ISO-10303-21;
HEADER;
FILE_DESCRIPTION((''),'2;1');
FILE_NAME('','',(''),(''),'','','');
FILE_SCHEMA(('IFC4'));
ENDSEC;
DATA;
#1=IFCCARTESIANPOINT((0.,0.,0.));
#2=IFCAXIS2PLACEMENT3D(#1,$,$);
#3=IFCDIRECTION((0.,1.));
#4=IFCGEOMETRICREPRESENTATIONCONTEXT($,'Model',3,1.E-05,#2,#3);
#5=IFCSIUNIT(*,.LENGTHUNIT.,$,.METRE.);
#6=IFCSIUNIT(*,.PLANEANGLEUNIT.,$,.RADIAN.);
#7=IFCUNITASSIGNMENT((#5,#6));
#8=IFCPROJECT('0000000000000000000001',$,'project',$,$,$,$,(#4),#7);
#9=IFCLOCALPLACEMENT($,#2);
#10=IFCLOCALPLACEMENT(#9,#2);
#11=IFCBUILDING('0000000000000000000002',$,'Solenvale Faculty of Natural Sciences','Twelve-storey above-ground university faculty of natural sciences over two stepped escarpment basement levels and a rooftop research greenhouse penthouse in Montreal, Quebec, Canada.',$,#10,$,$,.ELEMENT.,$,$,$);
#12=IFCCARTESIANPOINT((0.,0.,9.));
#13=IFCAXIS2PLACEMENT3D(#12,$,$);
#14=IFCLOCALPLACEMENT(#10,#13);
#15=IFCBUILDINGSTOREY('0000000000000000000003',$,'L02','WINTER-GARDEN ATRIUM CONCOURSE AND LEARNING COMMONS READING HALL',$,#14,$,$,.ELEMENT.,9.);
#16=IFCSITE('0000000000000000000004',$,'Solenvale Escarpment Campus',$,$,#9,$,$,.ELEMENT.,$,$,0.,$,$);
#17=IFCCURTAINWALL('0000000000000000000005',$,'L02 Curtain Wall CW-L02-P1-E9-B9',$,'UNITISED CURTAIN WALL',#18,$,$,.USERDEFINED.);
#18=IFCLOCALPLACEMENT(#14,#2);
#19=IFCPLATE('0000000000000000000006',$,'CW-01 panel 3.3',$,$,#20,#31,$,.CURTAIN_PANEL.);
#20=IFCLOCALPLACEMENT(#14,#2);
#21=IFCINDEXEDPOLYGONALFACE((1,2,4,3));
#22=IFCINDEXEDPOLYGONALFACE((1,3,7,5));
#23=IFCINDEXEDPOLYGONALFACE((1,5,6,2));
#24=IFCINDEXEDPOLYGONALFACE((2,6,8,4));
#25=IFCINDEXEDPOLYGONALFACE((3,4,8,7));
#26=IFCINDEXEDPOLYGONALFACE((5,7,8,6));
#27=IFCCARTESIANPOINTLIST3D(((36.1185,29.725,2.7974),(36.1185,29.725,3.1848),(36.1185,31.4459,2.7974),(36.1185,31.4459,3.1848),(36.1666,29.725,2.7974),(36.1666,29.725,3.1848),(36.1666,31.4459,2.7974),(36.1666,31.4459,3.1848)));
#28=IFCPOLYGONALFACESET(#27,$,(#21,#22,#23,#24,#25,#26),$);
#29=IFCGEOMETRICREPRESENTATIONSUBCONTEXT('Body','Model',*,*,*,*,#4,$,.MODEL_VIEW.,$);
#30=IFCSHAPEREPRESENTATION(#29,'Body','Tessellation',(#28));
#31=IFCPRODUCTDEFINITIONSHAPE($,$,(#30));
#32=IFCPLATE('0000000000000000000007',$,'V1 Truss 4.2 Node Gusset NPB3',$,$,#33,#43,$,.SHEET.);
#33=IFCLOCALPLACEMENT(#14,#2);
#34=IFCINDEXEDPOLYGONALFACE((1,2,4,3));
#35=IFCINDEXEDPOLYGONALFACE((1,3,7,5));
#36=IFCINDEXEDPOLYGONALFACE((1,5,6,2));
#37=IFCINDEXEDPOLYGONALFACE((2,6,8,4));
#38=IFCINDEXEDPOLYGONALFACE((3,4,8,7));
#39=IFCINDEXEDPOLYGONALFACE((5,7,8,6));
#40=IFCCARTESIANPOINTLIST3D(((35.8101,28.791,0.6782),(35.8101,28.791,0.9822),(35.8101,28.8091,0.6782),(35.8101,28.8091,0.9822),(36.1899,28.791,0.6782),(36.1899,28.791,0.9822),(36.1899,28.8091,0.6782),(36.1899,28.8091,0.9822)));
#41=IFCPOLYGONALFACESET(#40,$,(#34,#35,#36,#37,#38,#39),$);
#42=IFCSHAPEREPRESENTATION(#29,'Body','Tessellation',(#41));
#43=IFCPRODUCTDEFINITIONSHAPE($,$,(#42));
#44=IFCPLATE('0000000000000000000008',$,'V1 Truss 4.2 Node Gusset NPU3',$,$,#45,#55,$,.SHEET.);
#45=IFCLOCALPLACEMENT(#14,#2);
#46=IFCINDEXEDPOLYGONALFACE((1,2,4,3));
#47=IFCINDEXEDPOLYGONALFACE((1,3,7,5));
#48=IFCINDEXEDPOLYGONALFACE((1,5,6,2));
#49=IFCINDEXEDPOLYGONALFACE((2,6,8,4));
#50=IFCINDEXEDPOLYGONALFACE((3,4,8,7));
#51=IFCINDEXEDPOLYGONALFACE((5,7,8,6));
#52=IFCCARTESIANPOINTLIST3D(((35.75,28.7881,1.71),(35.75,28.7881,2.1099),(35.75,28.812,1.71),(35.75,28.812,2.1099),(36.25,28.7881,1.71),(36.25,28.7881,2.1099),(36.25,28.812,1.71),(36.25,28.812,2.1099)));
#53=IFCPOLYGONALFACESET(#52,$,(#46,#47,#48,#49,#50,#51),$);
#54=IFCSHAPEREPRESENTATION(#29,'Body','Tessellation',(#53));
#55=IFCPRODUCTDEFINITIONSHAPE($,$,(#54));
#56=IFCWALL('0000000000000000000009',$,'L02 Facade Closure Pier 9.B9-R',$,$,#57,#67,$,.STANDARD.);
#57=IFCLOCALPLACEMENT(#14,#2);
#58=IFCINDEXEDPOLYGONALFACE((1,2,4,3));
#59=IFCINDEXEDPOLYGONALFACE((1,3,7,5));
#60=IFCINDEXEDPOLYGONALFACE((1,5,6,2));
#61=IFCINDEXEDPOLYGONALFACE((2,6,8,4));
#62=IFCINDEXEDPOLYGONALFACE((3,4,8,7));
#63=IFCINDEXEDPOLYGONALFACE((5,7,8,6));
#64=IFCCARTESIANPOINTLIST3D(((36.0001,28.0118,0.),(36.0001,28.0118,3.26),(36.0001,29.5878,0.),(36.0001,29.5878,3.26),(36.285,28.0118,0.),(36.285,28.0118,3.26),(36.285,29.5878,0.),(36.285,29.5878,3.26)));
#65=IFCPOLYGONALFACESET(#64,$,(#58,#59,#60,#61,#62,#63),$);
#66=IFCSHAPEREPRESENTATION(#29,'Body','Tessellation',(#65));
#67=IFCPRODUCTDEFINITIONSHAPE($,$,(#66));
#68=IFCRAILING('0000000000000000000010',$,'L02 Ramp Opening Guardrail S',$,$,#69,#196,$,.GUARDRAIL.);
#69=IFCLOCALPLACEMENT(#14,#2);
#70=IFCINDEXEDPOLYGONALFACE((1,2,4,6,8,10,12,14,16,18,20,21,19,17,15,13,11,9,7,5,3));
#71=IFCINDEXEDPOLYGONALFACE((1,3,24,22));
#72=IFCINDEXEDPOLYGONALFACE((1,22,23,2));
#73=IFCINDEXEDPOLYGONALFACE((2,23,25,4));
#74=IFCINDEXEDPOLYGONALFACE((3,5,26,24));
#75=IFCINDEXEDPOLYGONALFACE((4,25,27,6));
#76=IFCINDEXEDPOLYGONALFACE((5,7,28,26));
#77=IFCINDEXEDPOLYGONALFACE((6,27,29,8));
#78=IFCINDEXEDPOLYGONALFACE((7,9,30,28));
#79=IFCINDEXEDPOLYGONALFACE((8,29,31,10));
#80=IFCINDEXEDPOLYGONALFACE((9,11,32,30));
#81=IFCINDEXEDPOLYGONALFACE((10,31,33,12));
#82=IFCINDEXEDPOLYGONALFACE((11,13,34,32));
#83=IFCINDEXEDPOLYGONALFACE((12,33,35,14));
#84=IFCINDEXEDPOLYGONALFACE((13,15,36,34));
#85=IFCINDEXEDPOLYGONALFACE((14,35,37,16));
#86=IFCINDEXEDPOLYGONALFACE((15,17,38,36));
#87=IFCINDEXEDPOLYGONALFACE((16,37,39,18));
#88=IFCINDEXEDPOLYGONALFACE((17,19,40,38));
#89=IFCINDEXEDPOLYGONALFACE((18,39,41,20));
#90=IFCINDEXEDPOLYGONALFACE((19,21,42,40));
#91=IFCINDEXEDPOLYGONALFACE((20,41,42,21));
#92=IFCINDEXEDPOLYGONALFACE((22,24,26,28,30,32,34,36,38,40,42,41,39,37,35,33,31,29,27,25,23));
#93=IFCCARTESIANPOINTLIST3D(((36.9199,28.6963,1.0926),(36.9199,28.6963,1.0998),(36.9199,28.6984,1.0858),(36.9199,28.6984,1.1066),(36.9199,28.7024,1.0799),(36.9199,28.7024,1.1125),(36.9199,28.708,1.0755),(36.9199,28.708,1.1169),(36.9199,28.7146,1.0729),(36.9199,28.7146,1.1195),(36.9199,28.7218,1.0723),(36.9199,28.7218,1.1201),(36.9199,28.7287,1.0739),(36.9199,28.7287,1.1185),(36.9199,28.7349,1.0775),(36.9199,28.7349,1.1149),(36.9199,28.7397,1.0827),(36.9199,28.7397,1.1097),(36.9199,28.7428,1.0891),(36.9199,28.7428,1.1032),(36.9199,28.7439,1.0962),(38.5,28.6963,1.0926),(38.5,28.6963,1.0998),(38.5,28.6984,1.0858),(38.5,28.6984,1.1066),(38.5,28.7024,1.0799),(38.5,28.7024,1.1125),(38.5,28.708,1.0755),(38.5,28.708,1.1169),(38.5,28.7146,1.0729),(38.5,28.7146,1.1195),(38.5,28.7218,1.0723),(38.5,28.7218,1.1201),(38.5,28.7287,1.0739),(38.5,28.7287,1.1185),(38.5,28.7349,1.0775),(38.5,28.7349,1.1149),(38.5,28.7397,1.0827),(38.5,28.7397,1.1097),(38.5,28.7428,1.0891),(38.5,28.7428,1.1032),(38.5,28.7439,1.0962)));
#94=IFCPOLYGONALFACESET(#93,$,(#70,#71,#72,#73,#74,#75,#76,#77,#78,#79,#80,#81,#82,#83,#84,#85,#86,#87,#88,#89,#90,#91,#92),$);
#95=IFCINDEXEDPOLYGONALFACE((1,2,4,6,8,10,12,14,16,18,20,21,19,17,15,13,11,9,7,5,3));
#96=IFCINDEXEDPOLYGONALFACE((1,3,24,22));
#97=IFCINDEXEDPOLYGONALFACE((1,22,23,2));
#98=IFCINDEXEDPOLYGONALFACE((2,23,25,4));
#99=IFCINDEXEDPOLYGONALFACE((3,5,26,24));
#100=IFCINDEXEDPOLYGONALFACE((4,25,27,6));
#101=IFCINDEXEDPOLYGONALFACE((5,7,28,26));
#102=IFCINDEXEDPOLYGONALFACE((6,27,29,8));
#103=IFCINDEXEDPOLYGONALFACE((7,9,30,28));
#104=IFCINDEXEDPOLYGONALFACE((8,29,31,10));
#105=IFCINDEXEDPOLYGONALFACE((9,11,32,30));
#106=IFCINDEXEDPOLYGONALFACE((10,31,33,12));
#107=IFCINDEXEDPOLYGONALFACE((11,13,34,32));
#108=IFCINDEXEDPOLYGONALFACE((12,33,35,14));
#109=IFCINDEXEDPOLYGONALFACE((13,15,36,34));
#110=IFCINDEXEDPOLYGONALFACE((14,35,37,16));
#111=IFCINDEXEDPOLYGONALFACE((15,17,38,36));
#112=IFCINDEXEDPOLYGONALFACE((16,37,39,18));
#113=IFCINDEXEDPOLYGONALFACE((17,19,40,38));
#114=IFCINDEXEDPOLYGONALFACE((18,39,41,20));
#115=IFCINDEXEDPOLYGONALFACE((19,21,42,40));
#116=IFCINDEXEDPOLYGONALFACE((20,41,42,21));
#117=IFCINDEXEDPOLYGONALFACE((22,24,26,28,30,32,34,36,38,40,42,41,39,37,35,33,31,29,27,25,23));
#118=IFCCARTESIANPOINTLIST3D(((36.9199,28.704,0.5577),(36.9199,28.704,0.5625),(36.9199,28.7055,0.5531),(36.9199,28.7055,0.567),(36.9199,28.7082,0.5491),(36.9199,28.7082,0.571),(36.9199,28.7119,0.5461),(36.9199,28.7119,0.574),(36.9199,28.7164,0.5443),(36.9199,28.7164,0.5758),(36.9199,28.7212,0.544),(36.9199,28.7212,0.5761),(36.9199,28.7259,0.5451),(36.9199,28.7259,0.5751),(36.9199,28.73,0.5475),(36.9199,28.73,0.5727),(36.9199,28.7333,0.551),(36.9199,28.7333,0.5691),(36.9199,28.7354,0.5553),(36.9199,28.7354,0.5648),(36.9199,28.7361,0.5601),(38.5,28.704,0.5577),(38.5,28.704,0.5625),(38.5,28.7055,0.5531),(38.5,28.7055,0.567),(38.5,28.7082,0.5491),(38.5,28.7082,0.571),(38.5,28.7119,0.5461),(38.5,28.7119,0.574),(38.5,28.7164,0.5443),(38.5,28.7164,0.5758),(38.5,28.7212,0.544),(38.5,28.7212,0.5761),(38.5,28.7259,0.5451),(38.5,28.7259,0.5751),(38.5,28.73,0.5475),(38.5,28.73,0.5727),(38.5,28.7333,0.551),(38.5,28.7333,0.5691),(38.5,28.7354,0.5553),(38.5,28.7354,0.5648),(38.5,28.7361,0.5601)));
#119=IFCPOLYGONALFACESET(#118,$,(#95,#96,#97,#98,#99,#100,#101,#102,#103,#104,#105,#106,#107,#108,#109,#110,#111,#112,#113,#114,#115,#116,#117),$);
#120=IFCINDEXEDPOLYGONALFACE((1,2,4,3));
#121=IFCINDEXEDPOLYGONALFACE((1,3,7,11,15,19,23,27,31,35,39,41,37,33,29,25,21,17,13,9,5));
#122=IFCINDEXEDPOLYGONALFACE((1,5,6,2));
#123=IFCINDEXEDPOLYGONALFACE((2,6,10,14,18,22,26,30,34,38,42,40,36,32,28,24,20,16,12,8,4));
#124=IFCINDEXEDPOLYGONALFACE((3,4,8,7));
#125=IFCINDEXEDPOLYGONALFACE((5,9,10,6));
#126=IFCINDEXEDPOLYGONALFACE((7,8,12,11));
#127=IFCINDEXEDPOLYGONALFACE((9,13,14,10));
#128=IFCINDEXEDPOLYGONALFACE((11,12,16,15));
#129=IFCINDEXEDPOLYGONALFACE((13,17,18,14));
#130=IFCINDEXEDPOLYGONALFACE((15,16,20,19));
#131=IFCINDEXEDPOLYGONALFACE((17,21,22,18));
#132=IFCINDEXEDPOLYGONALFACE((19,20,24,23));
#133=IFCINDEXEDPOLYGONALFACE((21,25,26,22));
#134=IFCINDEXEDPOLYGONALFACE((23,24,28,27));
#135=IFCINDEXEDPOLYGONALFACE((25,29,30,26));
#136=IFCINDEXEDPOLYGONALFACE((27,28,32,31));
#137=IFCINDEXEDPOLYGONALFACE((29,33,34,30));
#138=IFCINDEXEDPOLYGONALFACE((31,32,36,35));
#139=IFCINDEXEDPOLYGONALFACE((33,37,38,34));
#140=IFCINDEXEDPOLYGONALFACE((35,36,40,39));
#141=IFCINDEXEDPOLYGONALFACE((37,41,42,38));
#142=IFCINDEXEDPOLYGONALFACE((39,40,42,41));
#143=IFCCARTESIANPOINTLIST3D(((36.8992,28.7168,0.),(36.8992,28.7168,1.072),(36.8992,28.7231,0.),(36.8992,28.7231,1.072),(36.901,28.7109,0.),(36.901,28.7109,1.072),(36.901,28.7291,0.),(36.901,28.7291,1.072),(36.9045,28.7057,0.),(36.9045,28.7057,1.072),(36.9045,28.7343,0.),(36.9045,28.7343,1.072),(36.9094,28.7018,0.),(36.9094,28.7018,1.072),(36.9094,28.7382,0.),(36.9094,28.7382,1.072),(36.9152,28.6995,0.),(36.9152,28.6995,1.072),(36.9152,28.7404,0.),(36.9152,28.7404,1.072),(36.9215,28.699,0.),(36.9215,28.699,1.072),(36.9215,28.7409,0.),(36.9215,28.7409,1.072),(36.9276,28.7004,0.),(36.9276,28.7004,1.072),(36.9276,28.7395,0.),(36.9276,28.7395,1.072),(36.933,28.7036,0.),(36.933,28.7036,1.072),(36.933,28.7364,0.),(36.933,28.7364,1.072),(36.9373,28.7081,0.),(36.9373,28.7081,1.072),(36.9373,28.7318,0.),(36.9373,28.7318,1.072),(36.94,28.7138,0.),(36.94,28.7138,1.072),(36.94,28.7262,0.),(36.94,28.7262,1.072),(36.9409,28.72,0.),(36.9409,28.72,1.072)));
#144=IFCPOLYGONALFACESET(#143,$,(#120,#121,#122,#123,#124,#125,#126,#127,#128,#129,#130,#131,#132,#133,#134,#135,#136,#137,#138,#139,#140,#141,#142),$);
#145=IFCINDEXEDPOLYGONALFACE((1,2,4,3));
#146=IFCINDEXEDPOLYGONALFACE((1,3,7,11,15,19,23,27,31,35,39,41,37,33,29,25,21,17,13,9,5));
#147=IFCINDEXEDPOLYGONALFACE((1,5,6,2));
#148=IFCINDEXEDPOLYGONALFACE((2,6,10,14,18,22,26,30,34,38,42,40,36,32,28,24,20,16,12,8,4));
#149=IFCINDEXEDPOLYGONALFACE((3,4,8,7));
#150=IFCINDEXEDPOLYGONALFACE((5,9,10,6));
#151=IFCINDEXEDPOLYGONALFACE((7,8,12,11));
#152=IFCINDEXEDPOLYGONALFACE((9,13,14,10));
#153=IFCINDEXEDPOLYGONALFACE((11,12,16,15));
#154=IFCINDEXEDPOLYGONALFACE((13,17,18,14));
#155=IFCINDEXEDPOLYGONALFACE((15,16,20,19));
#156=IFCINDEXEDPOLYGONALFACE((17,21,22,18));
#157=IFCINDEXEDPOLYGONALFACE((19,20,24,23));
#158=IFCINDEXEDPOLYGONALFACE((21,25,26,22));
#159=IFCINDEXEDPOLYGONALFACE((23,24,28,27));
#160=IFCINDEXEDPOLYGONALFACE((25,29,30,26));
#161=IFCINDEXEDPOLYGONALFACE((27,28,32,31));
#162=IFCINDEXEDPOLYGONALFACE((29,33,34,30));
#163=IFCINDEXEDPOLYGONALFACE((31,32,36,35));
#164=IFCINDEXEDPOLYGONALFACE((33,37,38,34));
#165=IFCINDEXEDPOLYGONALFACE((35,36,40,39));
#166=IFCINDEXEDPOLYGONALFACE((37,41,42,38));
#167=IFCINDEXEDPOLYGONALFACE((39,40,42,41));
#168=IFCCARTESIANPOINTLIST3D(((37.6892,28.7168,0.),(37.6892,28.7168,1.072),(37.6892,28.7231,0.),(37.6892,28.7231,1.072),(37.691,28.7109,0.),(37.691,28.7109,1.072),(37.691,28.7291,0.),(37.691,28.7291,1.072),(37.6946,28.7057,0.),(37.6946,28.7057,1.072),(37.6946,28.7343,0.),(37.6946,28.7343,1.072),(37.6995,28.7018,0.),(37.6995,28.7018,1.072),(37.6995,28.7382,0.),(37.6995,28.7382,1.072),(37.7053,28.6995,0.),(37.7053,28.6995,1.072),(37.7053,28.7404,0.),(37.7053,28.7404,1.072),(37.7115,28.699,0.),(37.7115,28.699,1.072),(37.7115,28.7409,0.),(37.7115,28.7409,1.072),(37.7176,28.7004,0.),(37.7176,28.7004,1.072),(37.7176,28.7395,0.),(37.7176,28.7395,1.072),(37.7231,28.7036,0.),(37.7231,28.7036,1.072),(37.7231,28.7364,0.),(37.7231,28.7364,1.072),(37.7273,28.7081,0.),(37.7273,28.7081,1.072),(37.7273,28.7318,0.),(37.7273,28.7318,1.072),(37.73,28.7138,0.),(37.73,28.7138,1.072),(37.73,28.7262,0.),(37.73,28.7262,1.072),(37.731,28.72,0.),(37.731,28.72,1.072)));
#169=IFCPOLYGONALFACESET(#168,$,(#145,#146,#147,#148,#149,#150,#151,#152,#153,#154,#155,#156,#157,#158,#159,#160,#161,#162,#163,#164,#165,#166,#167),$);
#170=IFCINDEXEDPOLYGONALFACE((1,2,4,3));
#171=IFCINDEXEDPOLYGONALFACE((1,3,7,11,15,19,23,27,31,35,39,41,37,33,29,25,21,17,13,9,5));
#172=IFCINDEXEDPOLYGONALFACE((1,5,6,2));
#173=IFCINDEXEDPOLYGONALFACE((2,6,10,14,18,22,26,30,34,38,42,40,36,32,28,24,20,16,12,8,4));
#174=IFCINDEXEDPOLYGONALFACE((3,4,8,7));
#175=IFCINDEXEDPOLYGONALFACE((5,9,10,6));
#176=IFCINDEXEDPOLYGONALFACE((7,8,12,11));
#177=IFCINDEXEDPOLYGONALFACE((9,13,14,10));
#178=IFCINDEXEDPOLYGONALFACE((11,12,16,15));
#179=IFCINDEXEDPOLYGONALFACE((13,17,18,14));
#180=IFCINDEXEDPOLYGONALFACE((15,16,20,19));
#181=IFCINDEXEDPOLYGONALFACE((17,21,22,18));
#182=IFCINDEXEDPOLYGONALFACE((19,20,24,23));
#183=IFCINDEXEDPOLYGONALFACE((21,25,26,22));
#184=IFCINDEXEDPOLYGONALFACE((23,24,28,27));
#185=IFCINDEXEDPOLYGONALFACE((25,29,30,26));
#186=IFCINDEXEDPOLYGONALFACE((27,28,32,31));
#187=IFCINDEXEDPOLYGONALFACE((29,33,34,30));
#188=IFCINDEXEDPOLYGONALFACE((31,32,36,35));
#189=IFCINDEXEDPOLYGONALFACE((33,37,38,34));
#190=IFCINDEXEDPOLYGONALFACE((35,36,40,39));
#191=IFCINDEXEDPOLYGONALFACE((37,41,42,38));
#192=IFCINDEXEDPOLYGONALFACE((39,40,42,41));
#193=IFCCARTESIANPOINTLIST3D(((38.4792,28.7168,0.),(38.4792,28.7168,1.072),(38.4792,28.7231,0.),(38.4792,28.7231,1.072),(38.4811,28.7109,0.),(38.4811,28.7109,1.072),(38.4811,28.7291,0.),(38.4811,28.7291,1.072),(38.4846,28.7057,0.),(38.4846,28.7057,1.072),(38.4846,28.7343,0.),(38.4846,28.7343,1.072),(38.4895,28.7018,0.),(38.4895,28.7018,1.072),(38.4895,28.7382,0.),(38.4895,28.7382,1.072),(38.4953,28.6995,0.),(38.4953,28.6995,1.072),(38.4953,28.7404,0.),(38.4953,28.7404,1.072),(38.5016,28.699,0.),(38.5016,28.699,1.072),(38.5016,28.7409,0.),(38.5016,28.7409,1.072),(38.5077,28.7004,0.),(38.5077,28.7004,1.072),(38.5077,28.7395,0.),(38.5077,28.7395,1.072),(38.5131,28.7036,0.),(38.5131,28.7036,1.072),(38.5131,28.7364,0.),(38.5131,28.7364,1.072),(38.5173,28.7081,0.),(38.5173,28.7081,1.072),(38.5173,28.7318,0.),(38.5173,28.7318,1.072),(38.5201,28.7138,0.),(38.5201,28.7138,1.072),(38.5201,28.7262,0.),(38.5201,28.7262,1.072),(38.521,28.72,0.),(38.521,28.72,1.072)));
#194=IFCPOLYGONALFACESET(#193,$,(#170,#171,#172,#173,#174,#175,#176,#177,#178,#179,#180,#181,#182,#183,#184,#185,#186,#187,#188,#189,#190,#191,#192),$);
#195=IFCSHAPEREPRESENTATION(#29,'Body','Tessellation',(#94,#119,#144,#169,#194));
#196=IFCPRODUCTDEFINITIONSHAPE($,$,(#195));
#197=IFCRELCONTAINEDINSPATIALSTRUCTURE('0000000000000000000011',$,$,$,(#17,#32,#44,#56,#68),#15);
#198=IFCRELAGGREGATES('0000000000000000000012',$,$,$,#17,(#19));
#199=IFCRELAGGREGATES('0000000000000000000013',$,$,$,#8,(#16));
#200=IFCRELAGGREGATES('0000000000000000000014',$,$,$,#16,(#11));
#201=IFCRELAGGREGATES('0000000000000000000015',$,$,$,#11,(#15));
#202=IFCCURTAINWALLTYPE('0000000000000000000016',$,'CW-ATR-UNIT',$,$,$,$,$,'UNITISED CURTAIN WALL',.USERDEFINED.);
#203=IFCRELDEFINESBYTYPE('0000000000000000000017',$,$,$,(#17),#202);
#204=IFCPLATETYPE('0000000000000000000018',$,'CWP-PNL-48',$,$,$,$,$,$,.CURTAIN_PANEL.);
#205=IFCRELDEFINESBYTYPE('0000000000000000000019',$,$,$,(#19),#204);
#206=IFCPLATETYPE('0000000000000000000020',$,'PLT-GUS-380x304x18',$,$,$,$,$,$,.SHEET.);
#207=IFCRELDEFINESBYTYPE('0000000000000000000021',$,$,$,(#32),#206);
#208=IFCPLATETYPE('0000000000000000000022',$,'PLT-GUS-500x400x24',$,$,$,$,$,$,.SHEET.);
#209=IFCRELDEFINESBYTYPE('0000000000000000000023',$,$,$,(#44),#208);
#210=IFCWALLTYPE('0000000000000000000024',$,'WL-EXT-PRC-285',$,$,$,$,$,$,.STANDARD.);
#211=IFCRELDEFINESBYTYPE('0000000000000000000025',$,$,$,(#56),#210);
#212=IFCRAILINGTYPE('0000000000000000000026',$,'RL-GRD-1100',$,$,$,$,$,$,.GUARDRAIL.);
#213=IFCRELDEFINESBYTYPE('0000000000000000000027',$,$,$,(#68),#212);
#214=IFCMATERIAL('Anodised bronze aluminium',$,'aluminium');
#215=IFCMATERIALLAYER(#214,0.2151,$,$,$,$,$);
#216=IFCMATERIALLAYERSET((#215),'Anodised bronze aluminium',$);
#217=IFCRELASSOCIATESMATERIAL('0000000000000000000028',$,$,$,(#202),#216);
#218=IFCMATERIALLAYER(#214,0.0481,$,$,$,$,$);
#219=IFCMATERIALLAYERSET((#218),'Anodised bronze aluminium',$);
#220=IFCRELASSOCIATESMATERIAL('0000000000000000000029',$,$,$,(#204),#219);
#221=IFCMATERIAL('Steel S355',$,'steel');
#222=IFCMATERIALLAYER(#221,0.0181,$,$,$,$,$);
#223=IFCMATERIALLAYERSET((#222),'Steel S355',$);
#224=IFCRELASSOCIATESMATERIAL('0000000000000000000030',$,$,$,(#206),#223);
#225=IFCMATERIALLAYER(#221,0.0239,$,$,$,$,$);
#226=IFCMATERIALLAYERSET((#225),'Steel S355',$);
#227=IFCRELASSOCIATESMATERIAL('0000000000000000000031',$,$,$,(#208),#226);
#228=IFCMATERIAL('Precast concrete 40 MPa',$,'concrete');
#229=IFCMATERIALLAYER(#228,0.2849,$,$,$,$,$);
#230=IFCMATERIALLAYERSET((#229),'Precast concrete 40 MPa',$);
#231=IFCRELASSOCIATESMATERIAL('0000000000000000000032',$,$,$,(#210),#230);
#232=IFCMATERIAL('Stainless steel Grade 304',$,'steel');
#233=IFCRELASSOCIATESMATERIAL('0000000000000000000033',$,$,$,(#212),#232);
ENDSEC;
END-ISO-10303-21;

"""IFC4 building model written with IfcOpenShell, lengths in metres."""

from ifc_helpers import new_model, si_unit, direction, frame, frame_2d, origin, origin_2d, place, context, subcontext, project, spatial, rectangle, circle, extrude, material, layer, layer_set, type_object, element, aggregate, save


model = new_model("IFC4")

# Units and contexts
model_context = context("Model", 3, precision=1e-05, world=origin(), true_north=direction((0.0, 1.0)))
body_context = subcontext(model_context, "Body", "Model", "MODEL_VIEW")
ifc_project = project(units=[si_unit("LENGTHUNIT", "METRE"), si_unit("PLANEANGLEUNIT", "RADIAN")], contexts=[model_context])

# Site, building, storey
site_placement = place(None, origin())
site = spatial("IfcSite", under=ifc_project, at=site_placement, Name="Solenvale Escarpment Campus", CompositionType="ELEMENT", RefElevation=0.0)
building_placement = place(site_placement, origin())
building = spatial("IfcBuilding", under=site, at=building_placement, Name="Solenvale Faculty of Natural Sciences", Description="Twelve-storey above-ground university faculty of natural sciences over two stepped escarpment basement levels and a rooftop research greenhouse penthouse in Montreal, Quebec, Canada.", CompositionType="ELEMENT")
storey_placement = place(building_placement, frame((0.0, 0.0, 9.0)))
storey = spatial("IfcBuildingStorey", under=building, at=storey_placement, Name="L02", Description="WINTER-GARDEN ATRIUM CONCOURSE AND LEARNING COMMONS READING HALL", CompositionType="ELEMENT", Elevation=9.0)

# Shared definitions
ifc_material_1 = material(Name="Steel S355", Category="steel")

# Shared definitions
ifc_material_2 = material(Name="Anodised bronze aluminium", Category="aluminium")

# Curtain wall
ifc_layer_1 = layer(ifc_material_2, 0.2151)
ifc_layer_set_1 = layer_set([ifc_layer_1], Name="Anodised bronze aluminium")
curtain_wall_type_1 = type_object("IfcCurtainWallType", Name="CW-ATR-UNIT", ElementType="UNITISED CURTAIN WALL", PredefinedType="USERDEFINED", material=ifc_layer_set_1)
curtain_wall_1_placement = place(storey_placement, origin())
curtain_wall_1 = element("IfcCurtainWall", 1, at=curtain_wall_1_placement, inside=storey, type_object=curtain_wall_type_1, Name="L02 Curtain Wall CW-L02-P1-E9-B9", ObjectType="UNITISED CURTAIN WALL", PredefinedType="USERDEFINED")

# Plate
ifc_layer_2 = layer(ifc_material_2, 0.0481)
ifc_layer_set_2 = layer_set([ifc_layer_2], Name="Anodised bronze aluminium")
plate_type_1 = type_object("IfcPlateType", Name="CWP-PNL-48", PredefinedType="CURTAIN_PANEL", material=ifc_layer_set_2)
plate_1_placement = place(storey_placement, frame((36.1426, 30.5854, 2.7974), z_axis=(0.0, 0.0, 1.0), x_axis=(0.0, -1.0, 0.0)))
plate_1 = element("IfcPlate", 2, at=plate_1_placement, type_object=plate_type_1, Name="CW-01 panel 3.3", PredefinedType="CURTAIN_PANEL", context=body_context, shape_type="SweptSolid", body=[
    extrude(rectangle(XDim=1.7209, YDim=0.0481, at=origin_2d()), origin(), (0.0, 0.0, 1.0), 0.3875),
])
aggregate(curtain_wall_1, [plate_1])

# Plates
ifc_layer_3 = layer(ifc_material_1, 0.0181)
ifc_layer_set_3 = layer_set([ifc_layer_3], Name="Steel S355")
plate_type_2 = type_object("IfcPlateType", Name="PLT-GUS-380x304x18", PredefinedType="SHEET", material=ifc_layer_set_3)
plate_2_placement = place(storey_placement, frame((36.0, 28.8, 0.6782), z_axis=(0.0, 0.0, 1.0), x_axis=(1.0, 0.0, 0.0)))
element("IfcPlate", 3, at=plate_2_placement, inside=storey, type_object=plate_type_2, Name="V1 Truss 4.2 Node Gusset NPB3", PredefinedType="SHEET", context=body_context, shape_type="SweptSolid", body=[
    extrude(rectangle(XDim=0.3799, YDim=0.0181, at=origin_2d()), origin(), (0.0, 0.0, 1.0), 0.304),
])
ifc_layer_4 = layer(ifc_material_1, 0.0239)
ifc_layer_set_4 = layer_set([ifc_layer_4], Name="Steel S355")
plate_type_3 = type_object("IfcPlateType", Name="PLT-GUS-500x400x24", PredefinedType="SHEET", material=ifc_layer_set_4)
plate_3_placement = place(storey_placement, frame((36.0, 28.8, 1.71), z_axis=(0.0, 0.0, 1.0), x_axis=(1.0, 0.0, 0.0)))
element("IfcPlate", 4, at=plate_3_placement, inside=storey, type_object=plate_type_3, Name="V1 Truss 4.2 Node Gusset NPU3", PredefinedType="SHEET", context=body_context, shape_type="SweptSolid", body=[
    extrude(rectangle(XDim=0.5, YDim=0.0239, at=origin_2d()), origin(), (0.0, 0.0, 1.0), 0.3999),
])

# Wall
ifc_material_3 = material(Name="Precast concrete 40 MPa", Category="concrete")
ifc_layer_5 = layer(ifc_material_3, 0.2849)
ifc_layer_set_5 = layer_set([ifc_layer_5], Name="Precast concrete 40 MPa")
wall_type = type_object("IfcWallType", Name="WL-EXT-PRC-285", PredefinedType="STANDARD", material=ifc_layer_set_5)
wall_placement = place(storey_placement, frame((36.1426, 29.5879, 0.0), z_axis=(0.0, 0.0, 1.0), x_axis=(0.0, -1.0, 0.0)))
element("IfcWall", 5, at=wall_placement, inside=storey, type_object=wall_type, Name="L02 Facade Closure Pier 9.B9-R", PredefinedType="STANDARD", context=body_context, shape_type="SweptSolid", body=[
    extrude(rectangle(XDim=1.5759, YDim=0.2849, at=frame_2d((0.7881, 0.0))), origin(), (0.0, 0.0, 1.0), 3.26),
])

# Railing
ifc_material_4 = material(Name="Stainless steel Grade 304", Category="steel")
railing_type = type_object("IfcRailingType", Name="RL-GRD-1100", PredefinedType="GUARDRAIL", material=ifc_material_4)
railing_1_placement = place(storey_placement, frame((36.9199, 28.72, 0.0)))
element("IfcRailing", 6, at=railing_1_placement, inside=storey, type_object=railing_type, Name="L02 Ramp Opening Guardrail S", PredefinedType="GUARDRAIL", context=body_context, shape_type="SweptSolid", body=[
    extrude(circle(Radius=0.0239, at=origin_2d()), frame((0.0, 0.0, 1.0962), z_axis=(1.0, 0.0, 0.0), x_axis=(0.0, 1.0, 0.0)), (0.0, 0.0, 1.0), 1.5801),
    extrude(circle(Radius=0.0161, at=origin_2d()), frame((0.0, 0.0, 0.5601), z_axis=(1.0, 0.0, 0.0), x_axis=(0.0, 1.0, 0.0)), (0.0, 0.0, 1.0), 1.5801),
    extrude(circle(Radius=0.021, at=origin_2d()), origin(), (0.0, 0.0, 1.0), 1.072),
    extrude(circle(Radius=0.021, at=origin_2d()), frame((0.79, 0.0, 0.0)), (0.0, 0.0, 1.0), 1.072),
    extrude(circle(Radius=0.021, at=origin_2d()), frame((1.5801, 0.0, 0.0)), (0.0, 0.0, 1.0), 1.072),
])

save(model, "model.ifc")
